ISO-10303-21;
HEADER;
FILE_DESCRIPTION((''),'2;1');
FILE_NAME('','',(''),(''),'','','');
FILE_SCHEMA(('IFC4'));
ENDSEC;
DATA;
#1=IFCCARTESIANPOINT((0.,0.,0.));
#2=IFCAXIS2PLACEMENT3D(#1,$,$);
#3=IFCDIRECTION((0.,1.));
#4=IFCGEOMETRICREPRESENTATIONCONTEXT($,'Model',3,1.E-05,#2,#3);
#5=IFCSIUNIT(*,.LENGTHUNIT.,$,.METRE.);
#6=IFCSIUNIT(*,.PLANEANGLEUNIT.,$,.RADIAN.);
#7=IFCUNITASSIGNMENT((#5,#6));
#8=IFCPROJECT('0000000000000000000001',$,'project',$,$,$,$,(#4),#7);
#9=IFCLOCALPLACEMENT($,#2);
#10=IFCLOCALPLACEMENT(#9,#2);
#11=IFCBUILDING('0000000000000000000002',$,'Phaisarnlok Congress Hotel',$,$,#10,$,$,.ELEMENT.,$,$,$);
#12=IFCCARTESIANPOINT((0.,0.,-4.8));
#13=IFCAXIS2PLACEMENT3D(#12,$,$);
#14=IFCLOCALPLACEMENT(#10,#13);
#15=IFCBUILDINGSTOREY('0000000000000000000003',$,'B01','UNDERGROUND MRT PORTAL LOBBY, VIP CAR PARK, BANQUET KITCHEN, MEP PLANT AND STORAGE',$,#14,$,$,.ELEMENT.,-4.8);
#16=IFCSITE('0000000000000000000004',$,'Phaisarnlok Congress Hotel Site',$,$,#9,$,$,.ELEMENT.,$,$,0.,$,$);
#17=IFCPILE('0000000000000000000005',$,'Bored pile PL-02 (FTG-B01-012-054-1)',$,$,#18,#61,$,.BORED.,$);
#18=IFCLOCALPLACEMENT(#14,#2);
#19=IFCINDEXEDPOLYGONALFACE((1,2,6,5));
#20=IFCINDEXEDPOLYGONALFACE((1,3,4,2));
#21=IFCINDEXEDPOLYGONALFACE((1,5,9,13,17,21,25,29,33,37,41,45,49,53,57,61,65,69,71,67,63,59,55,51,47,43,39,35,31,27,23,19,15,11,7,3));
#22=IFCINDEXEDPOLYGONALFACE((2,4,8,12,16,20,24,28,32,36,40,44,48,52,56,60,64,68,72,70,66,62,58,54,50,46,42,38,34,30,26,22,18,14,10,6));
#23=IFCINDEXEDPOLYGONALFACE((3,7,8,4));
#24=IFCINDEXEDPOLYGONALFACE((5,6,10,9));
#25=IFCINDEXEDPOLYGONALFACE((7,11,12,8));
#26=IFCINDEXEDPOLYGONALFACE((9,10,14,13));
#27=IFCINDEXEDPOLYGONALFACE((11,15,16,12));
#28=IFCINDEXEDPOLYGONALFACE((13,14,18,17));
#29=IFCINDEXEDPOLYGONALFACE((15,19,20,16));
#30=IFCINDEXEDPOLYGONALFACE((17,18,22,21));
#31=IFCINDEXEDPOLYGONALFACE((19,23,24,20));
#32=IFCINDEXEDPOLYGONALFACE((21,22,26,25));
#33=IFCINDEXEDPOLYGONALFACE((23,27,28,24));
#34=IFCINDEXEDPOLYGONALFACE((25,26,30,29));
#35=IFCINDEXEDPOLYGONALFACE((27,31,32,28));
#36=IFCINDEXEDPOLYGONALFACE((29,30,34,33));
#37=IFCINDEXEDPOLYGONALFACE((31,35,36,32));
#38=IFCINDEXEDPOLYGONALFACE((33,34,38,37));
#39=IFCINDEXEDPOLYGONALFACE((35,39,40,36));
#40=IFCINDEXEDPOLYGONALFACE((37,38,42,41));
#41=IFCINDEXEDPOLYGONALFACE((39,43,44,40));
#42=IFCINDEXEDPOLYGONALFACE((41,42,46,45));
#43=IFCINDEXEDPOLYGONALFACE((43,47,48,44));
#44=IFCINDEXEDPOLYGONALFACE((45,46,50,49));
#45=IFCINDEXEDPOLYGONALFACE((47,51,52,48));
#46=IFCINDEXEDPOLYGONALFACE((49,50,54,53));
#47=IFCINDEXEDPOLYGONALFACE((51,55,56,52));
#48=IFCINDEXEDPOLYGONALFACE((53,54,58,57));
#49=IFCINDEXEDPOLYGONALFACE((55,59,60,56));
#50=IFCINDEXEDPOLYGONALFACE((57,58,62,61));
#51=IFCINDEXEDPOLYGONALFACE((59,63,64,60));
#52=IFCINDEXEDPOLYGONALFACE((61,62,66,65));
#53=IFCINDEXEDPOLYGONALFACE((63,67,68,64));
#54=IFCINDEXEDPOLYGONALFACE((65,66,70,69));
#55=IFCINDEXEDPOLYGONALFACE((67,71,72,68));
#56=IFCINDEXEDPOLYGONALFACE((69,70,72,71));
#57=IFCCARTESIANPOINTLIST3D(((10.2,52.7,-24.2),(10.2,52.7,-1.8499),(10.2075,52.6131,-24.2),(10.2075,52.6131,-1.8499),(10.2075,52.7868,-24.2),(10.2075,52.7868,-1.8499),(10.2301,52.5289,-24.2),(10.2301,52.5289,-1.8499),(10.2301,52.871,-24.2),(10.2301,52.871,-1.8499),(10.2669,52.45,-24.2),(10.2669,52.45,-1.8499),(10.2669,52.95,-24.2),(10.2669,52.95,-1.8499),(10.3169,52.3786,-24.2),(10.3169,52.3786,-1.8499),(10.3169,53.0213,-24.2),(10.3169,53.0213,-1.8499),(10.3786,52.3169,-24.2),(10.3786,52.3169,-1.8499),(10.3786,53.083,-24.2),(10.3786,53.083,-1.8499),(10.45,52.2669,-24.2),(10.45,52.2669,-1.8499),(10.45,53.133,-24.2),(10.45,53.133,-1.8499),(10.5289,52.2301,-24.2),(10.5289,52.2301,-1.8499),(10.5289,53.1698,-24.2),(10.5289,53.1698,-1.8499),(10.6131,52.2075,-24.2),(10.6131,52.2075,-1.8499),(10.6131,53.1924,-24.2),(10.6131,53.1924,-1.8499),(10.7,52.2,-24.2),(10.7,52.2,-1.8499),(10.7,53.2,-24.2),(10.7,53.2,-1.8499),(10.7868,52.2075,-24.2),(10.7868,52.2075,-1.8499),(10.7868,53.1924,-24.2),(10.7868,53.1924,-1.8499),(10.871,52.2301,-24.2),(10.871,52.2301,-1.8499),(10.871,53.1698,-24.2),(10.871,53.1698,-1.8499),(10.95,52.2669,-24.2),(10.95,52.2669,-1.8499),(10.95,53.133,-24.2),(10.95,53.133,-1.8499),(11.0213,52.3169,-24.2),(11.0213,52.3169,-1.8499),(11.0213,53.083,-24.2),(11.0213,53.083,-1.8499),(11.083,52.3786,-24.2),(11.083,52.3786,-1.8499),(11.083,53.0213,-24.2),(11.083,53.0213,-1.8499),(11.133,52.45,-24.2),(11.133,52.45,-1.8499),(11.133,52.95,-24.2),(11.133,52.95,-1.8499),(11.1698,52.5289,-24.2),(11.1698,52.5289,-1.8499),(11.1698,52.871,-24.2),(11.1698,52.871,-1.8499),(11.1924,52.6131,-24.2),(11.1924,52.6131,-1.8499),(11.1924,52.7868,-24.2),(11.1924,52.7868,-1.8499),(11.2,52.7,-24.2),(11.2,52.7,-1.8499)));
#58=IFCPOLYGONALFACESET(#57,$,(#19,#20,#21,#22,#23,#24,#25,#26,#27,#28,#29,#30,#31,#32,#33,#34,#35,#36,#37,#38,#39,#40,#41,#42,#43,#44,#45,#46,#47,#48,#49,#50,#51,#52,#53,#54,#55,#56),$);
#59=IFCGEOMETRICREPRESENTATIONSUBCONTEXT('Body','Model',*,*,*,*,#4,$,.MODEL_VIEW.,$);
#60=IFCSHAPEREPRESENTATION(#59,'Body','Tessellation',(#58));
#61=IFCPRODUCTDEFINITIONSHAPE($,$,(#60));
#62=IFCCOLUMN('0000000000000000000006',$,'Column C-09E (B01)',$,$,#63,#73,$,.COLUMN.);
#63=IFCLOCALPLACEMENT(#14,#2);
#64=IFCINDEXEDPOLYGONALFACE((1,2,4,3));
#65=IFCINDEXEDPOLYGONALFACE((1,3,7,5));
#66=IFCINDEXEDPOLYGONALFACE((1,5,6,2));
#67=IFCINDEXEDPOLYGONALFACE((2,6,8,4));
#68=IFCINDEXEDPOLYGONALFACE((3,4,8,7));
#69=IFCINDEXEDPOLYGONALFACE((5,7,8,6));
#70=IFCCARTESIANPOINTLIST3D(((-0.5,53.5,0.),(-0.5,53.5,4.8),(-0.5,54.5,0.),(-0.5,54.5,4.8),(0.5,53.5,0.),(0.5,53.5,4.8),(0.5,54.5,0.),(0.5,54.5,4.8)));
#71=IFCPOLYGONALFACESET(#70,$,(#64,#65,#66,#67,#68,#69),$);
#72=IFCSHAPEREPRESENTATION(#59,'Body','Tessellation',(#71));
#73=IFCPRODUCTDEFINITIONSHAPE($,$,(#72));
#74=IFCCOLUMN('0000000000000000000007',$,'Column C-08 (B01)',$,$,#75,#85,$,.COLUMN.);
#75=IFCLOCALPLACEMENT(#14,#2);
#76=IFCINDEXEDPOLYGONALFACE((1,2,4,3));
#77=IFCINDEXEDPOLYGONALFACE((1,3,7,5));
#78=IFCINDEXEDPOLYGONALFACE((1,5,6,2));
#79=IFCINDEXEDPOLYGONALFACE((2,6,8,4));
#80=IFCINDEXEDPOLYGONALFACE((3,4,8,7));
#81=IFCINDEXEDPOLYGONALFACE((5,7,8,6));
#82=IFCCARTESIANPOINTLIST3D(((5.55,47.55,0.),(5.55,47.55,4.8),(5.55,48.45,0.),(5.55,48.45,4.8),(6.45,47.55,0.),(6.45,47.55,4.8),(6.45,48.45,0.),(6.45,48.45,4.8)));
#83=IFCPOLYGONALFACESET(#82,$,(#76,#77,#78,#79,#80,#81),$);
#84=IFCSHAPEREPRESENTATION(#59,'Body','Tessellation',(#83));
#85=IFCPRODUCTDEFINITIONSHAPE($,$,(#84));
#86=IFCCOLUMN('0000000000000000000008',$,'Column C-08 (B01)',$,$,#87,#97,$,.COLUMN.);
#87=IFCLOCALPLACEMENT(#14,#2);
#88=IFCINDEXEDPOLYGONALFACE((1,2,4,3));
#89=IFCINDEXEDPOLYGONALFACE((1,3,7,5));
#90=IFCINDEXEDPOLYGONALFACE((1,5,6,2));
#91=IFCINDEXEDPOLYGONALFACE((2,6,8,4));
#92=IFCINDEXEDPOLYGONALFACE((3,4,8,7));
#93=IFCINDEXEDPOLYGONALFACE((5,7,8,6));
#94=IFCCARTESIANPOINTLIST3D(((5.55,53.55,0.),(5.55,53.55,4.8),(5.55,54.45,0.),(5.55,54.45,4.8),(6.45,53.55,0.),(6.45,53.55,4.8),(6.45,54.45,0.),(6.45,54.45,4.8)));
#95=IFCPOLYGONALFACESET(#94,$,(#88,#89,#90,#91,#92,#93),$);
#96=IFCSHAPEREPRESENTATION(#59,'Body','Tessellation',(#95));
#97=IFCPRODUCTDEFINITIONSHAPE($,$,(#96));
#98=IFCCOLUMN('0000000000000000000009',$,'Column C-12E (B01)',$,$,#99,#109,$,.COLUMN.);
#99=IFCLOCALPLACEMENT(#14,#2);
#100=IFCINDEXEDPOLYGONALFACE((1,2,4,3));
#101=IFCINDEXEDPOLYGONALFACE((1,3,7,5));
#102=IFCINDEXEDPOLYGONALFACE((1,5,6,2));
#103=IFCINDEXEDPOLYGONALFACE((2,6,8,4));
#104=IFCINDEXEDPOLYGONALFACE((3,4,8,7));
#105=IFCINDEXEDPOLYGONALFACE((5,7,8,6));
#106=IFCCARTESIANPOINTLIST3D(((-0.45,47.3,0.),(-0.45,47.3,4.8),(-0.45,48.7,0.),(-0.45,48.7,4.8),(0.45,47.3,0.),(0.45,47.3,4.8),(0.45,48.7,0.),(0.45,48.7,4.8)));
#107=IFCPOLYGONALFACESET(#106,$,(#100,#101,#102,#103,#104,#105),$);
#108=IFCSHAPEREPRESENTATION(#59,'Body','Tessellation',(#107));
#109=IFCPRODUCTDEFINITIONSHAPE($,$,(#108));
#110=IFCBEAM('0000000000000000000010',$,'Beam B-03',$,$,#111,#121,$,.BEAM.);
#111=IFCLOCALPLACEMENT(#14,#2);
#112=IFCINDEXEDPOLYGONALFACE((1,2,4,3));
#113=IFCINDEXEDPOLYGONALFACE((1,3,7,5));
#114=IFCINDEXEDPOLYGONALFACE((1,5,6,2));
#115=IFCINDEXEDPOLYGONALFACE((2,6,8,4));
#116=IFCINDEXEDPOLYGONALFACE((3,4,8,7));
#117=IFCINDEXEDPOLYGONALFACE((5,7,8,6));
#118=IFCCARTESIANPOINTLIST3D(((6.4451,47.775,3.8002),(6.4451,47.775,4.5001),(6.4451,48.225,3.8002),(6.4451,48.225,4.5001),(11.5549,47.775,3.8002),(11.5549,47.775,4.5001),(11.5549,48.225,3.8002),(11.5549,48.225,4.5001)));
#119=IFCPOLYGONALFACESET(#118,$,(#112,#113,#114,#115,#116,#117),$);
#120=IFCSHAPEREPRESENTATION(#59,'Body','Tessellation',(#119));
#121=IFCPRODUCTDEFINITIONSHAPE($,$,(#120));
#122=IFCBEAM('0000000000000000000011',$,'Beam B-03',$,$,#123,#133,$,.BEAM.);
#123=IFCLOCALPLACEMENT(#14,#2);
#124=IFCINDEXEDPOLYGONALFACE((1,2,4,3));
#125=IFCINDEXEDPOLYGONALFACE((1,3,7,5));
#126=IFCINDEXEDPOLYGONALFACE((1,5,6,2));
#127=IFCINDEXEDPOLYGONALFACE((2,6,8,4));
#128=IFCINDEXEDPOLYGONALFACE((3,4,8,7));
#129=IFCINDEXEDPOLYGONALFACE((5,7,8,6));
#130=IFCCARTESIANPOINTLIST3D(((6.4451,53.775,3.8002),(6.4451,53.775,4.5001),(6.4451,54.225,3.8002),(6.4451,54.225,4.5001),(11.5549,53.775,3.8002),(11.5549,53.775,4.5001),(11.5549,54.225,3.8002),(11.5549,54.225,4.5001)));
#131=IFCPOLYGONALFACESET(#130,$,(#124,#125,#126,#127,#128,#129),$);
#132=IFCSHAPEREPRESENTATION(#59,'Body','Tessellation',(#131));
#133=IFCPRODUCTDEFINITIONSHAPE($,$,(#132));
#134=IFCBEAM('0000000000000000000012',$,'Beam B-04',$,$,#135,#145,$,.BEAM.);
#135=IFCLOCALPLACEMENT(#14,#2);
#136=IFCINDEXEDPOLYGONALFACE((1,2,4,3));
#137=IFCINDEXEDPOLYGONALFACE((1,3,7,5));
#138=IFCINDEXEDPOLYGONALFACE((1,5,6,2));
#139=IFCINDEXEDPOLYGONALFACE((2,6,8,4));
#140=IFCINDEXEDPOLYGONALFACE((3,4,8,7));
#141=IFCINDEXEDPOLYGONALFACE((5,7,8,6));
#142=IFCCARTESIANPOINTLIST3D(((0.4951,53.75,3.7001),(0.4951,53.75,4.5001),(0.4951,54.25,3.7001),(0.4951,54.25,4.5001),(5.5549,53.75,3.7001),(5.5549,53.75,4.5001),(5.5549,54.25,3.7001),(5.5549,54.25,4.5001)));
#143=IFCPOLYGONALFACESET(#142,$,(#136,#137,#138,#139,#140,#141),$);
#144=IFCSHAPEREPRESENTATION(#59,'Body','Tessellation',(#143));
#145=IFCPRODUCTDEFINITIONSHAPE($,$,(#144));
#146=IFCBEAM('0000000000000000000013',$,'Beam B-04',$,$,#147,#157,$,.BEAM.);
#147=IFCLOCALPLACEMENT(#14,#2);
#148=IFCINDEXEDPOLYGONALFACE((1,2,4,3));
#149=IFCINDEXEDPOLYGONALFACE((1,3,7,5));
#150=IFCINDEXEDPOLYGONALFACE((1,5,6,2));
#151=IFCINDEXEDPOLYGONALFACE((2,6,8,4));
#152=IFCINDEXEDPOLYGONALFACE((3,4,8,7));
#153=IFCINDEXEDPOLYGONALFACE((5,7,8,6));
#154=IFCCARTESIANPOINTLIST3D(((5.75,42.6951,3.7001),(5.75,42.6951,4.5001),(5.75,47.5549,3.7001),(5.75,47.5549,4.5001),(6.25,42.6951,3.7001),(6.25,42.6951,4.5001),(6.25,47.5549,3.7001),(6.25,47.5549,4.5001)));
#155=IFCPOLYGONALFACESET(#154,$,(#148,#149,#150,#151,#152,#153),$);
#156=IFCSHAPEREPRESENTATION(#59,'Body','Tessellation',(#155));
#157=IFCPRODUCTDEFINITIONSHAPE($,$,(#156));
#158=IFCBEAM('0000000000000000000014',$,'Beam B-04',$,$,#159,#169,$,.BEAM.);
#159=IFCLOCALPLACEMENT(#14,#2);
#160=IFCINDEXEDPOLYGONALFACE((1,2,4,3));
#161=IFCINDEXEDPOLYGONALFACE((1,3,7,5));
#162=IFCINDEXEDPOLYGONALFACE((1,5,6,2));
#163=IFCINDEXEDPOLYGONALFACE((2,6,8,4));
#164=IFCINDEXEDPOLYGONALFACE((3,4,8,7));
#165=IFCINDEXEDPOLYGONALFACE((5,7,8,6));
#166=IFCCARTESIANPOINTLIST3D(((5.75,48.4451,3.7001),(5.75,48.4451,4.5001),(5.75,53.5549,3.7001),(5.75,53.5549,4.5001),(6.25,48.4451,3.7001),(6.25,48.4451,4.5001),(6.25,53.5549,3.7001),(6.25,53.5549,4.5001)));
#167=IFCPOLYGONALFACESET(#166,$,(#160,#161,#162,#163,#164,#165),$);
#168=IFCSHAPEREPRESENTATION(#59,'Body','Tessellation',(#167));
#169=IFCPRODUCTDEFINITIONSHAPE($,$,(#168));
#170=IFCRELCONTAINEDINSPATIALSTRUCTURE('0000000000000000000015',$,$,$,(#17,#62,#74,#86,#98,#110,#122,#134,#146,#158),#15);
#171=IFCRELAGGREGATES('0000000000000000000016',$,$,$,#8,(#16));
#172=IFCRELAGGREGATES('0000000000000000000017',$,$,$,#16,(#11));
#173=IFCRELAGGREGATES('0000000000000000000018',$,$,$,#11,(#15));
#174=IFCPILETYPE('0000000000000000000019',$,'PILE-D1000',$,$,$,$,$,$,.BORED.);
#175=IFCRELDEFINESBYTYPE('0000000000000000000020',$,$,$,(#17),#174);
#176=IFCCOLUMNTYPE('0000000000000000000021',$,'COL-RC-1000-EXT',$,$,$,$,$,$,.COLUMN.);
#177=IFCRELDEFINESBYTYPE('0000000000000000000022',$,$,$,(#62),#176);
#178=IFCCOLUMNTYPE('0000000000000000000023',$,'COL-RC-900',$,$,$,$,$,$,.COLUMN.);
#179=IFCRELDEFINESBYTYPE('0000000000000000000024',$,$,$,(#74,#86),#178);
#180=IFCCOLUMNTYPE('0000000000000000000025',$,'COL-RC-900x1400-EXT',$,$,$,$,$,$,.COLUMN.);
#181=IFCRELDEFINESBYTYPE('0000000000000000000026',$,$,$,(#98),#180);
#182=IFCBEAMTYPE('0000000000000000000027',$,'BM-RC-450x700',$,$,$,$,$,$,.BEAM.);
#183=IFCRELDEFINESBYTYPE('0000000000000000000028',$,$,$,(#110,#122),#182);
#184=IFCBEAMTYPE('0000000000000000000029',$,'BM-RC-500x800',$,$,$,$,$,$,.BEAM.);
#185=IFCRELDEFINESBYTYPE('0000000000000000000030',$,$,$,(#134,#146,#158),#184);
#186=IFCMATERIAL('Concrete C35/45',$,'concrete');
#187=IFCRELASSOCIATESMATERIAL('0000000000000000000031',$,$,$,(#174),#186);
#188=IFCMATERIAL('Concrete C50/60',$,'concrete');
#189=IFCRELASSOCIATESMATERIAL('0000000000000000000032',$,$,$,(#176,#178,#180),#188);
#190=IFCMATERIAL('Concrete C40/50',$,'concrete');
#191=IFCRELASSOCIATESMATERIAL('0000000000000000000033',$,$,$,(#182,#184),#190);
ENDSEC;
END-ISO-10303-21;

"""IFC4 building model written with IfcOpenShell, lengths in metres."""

from ifc_helpers import new_model, si_unit, direction, frame, origin, origin_2d, place, context, subcontext, project, spatial, rectangle, circle, extrude, material, material_profile, profile_set, type_object, element, save


model = new_model("IFC4")

# Units and contexts
model_context = context("Model", 3, precision=1e-05, world=origin(), true_north=direction((0.0, 1.0)))
body_context = subcontext(model_context, "Body", "Model", "MODEL_VIEW")
ifc_project = project(units=[si_unit("LENGTHUNIT", "METRE"), si_unit("PLANEANGLEUNIT", "RADIAN")], contexts=[model_context])

# Site, building, storey
site_placement = place(None, origin())
site = spatial("IfcSite", under=ifc_project, at=site_placement, Name="Phaisarnlok Congress Hotel Site", CompositionType="ELEMENT", RefElevation=0.0)
building_placement = place(site_placement, origin())
building = spatial("IfcBuilding", under=site, at=building_placement, Name="Phaisarnlok Congress Hotel", CompositionType="ELEMENT")
storey_placement = place(building_placement, frame((0.0, 0.0, -4.8)))
storey = spatial("IfcBuildingStorey", under=building, at=storey_placement, Name="B01", Description="UNDERGROUND MRT PORTAL LOBBY, VIP CAR PARK, BANQUET KITCHEN, MEP PLANT AND STORAGE", CompositionType="ELEMENT", Elevation=-4.8)

# Shared definitions
ifc_material_1 = material(Name="Concrete C40/50", Category="concrete")

# Pile
ifc_material_2 = material(Name="Concrete C35/45", Category="concrete")
ifc_material_profile_1 = material_profile(ifc_material_2, circle(Radius=0.5, at=origin_2d()), Name="BORED PILE D1000")
ifc_profile_set_1 = profile_set([ifc_material_profile_1], Name="Concrete C35/45")
pile_type = type_object("IfcPileType", Name="PILE-D1000", PredefinedType="BORED", material=ifc_profile_set_1)
pile_placement = place(storey_placement, frame((10.7, 52.7, -1.8499), z_axis=(0.0, 0.0, -1.0), x_axis=(1.0, 0.0, 0.0)))
element("IfcPile", 1, at=pile_placement, inside=storey, type_object=pile_type, Name="Bored pile PL-02 (FTG-B01-012-054-1)", PredefinedType="BORED", context=body_context, shape_type="SweptSolid", body=[
    extrude(circle(Radius=0.5, at=origin_2d()), origin(), (0.0, 0.0, 1.0), 22.3501),
])

# Columns
ifc_material_3 = material(Name="Concrete C50/60", Category="concrete")
ifc_material_profile_2 = material_profile(ifc_material_3, rectangle(XDim=1.0, YDim=1.0, at=origin_2d()), Name="RC 1000x1000")
ifc_profile_set_2 = profile_set([ifc_material_profile_2], Name="Concrete C50/60")
column_type_1 = type_object("IfcColumnType", Name="COL-RC-1000-EXT", PredefinedType="COLUMN", material=ifc_profile_set_2)
column_1_placement = place(storey_placement, frame((0.0, 54.0, 0.0), z_axis=(0.0, 0.0, 1.0), x_axis=(1.0, 0.0, 0.0)))
element("IfcColumn", 2, at=column_1_placement, inside=storey, type_object=column_type_1, Name="Column C-09E (B01)", PredefinedType="COLUMN", context=body_context, shape_type="SweptSolid", body=[
    extrude(rectangle(XDim=1.0, YDim=1.0, at=origin_2d()), origin(), (0.0, 0.0, 1.0), 4.8),
])
ifc_material_profile_3 = material_profile(ifc_material_3, rectangle(XDim=0.8999, YDim=0.8999, at=origin_2d()), Name="RC 900x900")
ifc_profile_set_3 = profile_set([ifc_material_profile_3], Name="Concrete C50/60")
column_type_2 = type_object("IfcColumnType", Name="COL-RC-900", PredefinedType="COLUMN", material=ifc_profile_set_3)
for number, where, z_axis, x_axis, name in (
    (3, (6.0, 48.0, 0.0), (0.0, 0.0, 1.0), (1.0, 0.0, 0.0), "Column C-08 (B01)"),
    (4, (6.0, 54.0, 0.0), (0.0, 0.0, 1.0), (1.0, 0.0, 0.0), "Column C-08 (B01)"),
):
    element("IfcColumn", number, at=place(storey_placement, frame(where, z_axis=z_axis, x_axis=x_axis)), inside=storey, type_object=column_type_2, Name=name, PredefinedType="COLUMN", context=body_context, shape_type="SweptSolid", body=[
        extrude(rectangle(XDim=0.8999, YDim=0.8999, at=origin_2d()), origin(), (0.0, 0.0, 1.0), 4.8),
    ])
ifc_material_profile_4 = material_profile(ifc_material_3, rectangle(XDim=0.8999, YDim=1.3999, at=origin_2d()), Name="RC 900x1400")
ifc_profile_set_4 = profile_set([ifc_material_profile_4], Name="Concrete C50/60")
column_type_3 = type_object("IfcColumnType", Name="COL-RC-900x1400-EXT", PredefinedType="COLUMN", material=ifc_profile_set_4)
column_2_placement = place(storey_placement, frame((0.0, 48.0, 0.0), z_axis=(0.0, 0.0, 1.0), x_axis=(1.0, 0.0, 0.0)))
element("IfcColumn", 5, at=column_2_placement, inside=storey, type_object=column_type_3, Name="Column C-12E (B01)", PredefinedType="COLUMN", context=body_context, shape_type="SweptSolid", body=[
    extrude(rectangle(XDim=0.8999, YDim=1.3999, at=origin_2d()), origin(), (0.0, 0.0, 1.0), 4.8),
])

# Beams
ifc_material_profile_5 = material_profile(ifc_material_1, rectangle(XDim=0.45, YDim=0.7, at=origin_2d()), Name="RC 450x700")
ifc_profile_set_5 = profile_set([ifc_material_profile_5], Name="Concrete C40/50")
beam_type_1 = type_object("IfcBeamType", Name="BM-RC-450x700", PredefinedType="BEAM", material=ifc_profile_set_5)
for number, where, z_axis, x_axis, name in (
    (6, (6.4451, 48.0, 4.1501), (1.0, 0.0, 0.0), (0.0, 1.0, 0.0), "Beam B-03"),
    (7, (6.4451, 54.0, 4.1501), (1.0, 0.0, 0.0), (0.0, 1.0, 0.0), "Beam B-03"),
):
    element("IfcBeam", number, at=place(storey_placement, frame(where, z_axis=z_axis, x_axis=x_axis)), inside=storey, type_object=beam_type_1, Name=name, PredefinedType="BEAM", context=body_context, shape_type="SweptSolid", body=[
        extrude(rectangle(XDim=0.45, YDim=0.7, at=origin_2d()), origin(), (0.0, 0.0, 1.0), 5.1099),
    ])
ifc_material_profile_6 = material_profile(ifc_material_1, rectangle(XDim=0.5, YDim=0.8, at=origin_2d()), Name="RC 500x800")
ifc_profile_set_6 = profile_set([ifc_material_profile_6], Name="Concrete C40/50")
beam_type_2 = type_object("IfcBeamType", Name="BM-RC-500x800", PredefinedType="BEAM", material=ifc_profile_set_6)
beam_1_placement = place(storey_placement, frame((0.4951, 54.0, 4.1001), z_axis=(1.0, 0.0, 0.0), x_axis=(0.0, 1.0, 0.0)))
element("IfcBeam", 8, at=beam_1_placement, inside=storey, type_object=beam_type_2, Name="Beam B-04", PredefinedType="BEAM", context=body_context, shape_type="SweptSolid", body=[
    extrude(rectangle(XDim=0.5, YDim=0.8, at=origin_2d()), origin(), (0.0, 0.0, 1.0), 5.0598),
])
beam_2_placement = place(storey_placement, frame((6.0, 42.6951, 4.1001), z_axis=(0.0, 1.0, 0.0), x_axis=(-1.0, 0.0, 0.0)))
element("IfcBeam", 9, at=beam_2_placement, inside=storey, type_object=beam_type_2, Name="Beam B-04", PredefinedType="BEAM", context=body_context, shape_type="SweptSolid", body=[
    extrude(rectangle(XDim=0.5, YDim=0.8, at=origin_2d()), origin(), (0.0, 0.0, 1.0), 4.8599),
])
beam_3_placement = place(storey_placement, frame((6.0, 48.4451, 4.1001), z_axis=(0.0, 1.0, 0.0), x_axis=(-1.0, 0.0, 0.0)))
element("IfcBeam", 10, at=beam_3_placement, inside=storey, type_object=beam_type_2, Name="Beam B-04", PredefinedType="BEAM", context=body_context, shape_type="SweptSolid", body=[
    extrude(rectangle(XDim=0.5, YDim=0.8, at=origin_2d()), origin(), (0.0, 0.0, 1.0), 5.1099),
])

save(model, "model.ifc")
